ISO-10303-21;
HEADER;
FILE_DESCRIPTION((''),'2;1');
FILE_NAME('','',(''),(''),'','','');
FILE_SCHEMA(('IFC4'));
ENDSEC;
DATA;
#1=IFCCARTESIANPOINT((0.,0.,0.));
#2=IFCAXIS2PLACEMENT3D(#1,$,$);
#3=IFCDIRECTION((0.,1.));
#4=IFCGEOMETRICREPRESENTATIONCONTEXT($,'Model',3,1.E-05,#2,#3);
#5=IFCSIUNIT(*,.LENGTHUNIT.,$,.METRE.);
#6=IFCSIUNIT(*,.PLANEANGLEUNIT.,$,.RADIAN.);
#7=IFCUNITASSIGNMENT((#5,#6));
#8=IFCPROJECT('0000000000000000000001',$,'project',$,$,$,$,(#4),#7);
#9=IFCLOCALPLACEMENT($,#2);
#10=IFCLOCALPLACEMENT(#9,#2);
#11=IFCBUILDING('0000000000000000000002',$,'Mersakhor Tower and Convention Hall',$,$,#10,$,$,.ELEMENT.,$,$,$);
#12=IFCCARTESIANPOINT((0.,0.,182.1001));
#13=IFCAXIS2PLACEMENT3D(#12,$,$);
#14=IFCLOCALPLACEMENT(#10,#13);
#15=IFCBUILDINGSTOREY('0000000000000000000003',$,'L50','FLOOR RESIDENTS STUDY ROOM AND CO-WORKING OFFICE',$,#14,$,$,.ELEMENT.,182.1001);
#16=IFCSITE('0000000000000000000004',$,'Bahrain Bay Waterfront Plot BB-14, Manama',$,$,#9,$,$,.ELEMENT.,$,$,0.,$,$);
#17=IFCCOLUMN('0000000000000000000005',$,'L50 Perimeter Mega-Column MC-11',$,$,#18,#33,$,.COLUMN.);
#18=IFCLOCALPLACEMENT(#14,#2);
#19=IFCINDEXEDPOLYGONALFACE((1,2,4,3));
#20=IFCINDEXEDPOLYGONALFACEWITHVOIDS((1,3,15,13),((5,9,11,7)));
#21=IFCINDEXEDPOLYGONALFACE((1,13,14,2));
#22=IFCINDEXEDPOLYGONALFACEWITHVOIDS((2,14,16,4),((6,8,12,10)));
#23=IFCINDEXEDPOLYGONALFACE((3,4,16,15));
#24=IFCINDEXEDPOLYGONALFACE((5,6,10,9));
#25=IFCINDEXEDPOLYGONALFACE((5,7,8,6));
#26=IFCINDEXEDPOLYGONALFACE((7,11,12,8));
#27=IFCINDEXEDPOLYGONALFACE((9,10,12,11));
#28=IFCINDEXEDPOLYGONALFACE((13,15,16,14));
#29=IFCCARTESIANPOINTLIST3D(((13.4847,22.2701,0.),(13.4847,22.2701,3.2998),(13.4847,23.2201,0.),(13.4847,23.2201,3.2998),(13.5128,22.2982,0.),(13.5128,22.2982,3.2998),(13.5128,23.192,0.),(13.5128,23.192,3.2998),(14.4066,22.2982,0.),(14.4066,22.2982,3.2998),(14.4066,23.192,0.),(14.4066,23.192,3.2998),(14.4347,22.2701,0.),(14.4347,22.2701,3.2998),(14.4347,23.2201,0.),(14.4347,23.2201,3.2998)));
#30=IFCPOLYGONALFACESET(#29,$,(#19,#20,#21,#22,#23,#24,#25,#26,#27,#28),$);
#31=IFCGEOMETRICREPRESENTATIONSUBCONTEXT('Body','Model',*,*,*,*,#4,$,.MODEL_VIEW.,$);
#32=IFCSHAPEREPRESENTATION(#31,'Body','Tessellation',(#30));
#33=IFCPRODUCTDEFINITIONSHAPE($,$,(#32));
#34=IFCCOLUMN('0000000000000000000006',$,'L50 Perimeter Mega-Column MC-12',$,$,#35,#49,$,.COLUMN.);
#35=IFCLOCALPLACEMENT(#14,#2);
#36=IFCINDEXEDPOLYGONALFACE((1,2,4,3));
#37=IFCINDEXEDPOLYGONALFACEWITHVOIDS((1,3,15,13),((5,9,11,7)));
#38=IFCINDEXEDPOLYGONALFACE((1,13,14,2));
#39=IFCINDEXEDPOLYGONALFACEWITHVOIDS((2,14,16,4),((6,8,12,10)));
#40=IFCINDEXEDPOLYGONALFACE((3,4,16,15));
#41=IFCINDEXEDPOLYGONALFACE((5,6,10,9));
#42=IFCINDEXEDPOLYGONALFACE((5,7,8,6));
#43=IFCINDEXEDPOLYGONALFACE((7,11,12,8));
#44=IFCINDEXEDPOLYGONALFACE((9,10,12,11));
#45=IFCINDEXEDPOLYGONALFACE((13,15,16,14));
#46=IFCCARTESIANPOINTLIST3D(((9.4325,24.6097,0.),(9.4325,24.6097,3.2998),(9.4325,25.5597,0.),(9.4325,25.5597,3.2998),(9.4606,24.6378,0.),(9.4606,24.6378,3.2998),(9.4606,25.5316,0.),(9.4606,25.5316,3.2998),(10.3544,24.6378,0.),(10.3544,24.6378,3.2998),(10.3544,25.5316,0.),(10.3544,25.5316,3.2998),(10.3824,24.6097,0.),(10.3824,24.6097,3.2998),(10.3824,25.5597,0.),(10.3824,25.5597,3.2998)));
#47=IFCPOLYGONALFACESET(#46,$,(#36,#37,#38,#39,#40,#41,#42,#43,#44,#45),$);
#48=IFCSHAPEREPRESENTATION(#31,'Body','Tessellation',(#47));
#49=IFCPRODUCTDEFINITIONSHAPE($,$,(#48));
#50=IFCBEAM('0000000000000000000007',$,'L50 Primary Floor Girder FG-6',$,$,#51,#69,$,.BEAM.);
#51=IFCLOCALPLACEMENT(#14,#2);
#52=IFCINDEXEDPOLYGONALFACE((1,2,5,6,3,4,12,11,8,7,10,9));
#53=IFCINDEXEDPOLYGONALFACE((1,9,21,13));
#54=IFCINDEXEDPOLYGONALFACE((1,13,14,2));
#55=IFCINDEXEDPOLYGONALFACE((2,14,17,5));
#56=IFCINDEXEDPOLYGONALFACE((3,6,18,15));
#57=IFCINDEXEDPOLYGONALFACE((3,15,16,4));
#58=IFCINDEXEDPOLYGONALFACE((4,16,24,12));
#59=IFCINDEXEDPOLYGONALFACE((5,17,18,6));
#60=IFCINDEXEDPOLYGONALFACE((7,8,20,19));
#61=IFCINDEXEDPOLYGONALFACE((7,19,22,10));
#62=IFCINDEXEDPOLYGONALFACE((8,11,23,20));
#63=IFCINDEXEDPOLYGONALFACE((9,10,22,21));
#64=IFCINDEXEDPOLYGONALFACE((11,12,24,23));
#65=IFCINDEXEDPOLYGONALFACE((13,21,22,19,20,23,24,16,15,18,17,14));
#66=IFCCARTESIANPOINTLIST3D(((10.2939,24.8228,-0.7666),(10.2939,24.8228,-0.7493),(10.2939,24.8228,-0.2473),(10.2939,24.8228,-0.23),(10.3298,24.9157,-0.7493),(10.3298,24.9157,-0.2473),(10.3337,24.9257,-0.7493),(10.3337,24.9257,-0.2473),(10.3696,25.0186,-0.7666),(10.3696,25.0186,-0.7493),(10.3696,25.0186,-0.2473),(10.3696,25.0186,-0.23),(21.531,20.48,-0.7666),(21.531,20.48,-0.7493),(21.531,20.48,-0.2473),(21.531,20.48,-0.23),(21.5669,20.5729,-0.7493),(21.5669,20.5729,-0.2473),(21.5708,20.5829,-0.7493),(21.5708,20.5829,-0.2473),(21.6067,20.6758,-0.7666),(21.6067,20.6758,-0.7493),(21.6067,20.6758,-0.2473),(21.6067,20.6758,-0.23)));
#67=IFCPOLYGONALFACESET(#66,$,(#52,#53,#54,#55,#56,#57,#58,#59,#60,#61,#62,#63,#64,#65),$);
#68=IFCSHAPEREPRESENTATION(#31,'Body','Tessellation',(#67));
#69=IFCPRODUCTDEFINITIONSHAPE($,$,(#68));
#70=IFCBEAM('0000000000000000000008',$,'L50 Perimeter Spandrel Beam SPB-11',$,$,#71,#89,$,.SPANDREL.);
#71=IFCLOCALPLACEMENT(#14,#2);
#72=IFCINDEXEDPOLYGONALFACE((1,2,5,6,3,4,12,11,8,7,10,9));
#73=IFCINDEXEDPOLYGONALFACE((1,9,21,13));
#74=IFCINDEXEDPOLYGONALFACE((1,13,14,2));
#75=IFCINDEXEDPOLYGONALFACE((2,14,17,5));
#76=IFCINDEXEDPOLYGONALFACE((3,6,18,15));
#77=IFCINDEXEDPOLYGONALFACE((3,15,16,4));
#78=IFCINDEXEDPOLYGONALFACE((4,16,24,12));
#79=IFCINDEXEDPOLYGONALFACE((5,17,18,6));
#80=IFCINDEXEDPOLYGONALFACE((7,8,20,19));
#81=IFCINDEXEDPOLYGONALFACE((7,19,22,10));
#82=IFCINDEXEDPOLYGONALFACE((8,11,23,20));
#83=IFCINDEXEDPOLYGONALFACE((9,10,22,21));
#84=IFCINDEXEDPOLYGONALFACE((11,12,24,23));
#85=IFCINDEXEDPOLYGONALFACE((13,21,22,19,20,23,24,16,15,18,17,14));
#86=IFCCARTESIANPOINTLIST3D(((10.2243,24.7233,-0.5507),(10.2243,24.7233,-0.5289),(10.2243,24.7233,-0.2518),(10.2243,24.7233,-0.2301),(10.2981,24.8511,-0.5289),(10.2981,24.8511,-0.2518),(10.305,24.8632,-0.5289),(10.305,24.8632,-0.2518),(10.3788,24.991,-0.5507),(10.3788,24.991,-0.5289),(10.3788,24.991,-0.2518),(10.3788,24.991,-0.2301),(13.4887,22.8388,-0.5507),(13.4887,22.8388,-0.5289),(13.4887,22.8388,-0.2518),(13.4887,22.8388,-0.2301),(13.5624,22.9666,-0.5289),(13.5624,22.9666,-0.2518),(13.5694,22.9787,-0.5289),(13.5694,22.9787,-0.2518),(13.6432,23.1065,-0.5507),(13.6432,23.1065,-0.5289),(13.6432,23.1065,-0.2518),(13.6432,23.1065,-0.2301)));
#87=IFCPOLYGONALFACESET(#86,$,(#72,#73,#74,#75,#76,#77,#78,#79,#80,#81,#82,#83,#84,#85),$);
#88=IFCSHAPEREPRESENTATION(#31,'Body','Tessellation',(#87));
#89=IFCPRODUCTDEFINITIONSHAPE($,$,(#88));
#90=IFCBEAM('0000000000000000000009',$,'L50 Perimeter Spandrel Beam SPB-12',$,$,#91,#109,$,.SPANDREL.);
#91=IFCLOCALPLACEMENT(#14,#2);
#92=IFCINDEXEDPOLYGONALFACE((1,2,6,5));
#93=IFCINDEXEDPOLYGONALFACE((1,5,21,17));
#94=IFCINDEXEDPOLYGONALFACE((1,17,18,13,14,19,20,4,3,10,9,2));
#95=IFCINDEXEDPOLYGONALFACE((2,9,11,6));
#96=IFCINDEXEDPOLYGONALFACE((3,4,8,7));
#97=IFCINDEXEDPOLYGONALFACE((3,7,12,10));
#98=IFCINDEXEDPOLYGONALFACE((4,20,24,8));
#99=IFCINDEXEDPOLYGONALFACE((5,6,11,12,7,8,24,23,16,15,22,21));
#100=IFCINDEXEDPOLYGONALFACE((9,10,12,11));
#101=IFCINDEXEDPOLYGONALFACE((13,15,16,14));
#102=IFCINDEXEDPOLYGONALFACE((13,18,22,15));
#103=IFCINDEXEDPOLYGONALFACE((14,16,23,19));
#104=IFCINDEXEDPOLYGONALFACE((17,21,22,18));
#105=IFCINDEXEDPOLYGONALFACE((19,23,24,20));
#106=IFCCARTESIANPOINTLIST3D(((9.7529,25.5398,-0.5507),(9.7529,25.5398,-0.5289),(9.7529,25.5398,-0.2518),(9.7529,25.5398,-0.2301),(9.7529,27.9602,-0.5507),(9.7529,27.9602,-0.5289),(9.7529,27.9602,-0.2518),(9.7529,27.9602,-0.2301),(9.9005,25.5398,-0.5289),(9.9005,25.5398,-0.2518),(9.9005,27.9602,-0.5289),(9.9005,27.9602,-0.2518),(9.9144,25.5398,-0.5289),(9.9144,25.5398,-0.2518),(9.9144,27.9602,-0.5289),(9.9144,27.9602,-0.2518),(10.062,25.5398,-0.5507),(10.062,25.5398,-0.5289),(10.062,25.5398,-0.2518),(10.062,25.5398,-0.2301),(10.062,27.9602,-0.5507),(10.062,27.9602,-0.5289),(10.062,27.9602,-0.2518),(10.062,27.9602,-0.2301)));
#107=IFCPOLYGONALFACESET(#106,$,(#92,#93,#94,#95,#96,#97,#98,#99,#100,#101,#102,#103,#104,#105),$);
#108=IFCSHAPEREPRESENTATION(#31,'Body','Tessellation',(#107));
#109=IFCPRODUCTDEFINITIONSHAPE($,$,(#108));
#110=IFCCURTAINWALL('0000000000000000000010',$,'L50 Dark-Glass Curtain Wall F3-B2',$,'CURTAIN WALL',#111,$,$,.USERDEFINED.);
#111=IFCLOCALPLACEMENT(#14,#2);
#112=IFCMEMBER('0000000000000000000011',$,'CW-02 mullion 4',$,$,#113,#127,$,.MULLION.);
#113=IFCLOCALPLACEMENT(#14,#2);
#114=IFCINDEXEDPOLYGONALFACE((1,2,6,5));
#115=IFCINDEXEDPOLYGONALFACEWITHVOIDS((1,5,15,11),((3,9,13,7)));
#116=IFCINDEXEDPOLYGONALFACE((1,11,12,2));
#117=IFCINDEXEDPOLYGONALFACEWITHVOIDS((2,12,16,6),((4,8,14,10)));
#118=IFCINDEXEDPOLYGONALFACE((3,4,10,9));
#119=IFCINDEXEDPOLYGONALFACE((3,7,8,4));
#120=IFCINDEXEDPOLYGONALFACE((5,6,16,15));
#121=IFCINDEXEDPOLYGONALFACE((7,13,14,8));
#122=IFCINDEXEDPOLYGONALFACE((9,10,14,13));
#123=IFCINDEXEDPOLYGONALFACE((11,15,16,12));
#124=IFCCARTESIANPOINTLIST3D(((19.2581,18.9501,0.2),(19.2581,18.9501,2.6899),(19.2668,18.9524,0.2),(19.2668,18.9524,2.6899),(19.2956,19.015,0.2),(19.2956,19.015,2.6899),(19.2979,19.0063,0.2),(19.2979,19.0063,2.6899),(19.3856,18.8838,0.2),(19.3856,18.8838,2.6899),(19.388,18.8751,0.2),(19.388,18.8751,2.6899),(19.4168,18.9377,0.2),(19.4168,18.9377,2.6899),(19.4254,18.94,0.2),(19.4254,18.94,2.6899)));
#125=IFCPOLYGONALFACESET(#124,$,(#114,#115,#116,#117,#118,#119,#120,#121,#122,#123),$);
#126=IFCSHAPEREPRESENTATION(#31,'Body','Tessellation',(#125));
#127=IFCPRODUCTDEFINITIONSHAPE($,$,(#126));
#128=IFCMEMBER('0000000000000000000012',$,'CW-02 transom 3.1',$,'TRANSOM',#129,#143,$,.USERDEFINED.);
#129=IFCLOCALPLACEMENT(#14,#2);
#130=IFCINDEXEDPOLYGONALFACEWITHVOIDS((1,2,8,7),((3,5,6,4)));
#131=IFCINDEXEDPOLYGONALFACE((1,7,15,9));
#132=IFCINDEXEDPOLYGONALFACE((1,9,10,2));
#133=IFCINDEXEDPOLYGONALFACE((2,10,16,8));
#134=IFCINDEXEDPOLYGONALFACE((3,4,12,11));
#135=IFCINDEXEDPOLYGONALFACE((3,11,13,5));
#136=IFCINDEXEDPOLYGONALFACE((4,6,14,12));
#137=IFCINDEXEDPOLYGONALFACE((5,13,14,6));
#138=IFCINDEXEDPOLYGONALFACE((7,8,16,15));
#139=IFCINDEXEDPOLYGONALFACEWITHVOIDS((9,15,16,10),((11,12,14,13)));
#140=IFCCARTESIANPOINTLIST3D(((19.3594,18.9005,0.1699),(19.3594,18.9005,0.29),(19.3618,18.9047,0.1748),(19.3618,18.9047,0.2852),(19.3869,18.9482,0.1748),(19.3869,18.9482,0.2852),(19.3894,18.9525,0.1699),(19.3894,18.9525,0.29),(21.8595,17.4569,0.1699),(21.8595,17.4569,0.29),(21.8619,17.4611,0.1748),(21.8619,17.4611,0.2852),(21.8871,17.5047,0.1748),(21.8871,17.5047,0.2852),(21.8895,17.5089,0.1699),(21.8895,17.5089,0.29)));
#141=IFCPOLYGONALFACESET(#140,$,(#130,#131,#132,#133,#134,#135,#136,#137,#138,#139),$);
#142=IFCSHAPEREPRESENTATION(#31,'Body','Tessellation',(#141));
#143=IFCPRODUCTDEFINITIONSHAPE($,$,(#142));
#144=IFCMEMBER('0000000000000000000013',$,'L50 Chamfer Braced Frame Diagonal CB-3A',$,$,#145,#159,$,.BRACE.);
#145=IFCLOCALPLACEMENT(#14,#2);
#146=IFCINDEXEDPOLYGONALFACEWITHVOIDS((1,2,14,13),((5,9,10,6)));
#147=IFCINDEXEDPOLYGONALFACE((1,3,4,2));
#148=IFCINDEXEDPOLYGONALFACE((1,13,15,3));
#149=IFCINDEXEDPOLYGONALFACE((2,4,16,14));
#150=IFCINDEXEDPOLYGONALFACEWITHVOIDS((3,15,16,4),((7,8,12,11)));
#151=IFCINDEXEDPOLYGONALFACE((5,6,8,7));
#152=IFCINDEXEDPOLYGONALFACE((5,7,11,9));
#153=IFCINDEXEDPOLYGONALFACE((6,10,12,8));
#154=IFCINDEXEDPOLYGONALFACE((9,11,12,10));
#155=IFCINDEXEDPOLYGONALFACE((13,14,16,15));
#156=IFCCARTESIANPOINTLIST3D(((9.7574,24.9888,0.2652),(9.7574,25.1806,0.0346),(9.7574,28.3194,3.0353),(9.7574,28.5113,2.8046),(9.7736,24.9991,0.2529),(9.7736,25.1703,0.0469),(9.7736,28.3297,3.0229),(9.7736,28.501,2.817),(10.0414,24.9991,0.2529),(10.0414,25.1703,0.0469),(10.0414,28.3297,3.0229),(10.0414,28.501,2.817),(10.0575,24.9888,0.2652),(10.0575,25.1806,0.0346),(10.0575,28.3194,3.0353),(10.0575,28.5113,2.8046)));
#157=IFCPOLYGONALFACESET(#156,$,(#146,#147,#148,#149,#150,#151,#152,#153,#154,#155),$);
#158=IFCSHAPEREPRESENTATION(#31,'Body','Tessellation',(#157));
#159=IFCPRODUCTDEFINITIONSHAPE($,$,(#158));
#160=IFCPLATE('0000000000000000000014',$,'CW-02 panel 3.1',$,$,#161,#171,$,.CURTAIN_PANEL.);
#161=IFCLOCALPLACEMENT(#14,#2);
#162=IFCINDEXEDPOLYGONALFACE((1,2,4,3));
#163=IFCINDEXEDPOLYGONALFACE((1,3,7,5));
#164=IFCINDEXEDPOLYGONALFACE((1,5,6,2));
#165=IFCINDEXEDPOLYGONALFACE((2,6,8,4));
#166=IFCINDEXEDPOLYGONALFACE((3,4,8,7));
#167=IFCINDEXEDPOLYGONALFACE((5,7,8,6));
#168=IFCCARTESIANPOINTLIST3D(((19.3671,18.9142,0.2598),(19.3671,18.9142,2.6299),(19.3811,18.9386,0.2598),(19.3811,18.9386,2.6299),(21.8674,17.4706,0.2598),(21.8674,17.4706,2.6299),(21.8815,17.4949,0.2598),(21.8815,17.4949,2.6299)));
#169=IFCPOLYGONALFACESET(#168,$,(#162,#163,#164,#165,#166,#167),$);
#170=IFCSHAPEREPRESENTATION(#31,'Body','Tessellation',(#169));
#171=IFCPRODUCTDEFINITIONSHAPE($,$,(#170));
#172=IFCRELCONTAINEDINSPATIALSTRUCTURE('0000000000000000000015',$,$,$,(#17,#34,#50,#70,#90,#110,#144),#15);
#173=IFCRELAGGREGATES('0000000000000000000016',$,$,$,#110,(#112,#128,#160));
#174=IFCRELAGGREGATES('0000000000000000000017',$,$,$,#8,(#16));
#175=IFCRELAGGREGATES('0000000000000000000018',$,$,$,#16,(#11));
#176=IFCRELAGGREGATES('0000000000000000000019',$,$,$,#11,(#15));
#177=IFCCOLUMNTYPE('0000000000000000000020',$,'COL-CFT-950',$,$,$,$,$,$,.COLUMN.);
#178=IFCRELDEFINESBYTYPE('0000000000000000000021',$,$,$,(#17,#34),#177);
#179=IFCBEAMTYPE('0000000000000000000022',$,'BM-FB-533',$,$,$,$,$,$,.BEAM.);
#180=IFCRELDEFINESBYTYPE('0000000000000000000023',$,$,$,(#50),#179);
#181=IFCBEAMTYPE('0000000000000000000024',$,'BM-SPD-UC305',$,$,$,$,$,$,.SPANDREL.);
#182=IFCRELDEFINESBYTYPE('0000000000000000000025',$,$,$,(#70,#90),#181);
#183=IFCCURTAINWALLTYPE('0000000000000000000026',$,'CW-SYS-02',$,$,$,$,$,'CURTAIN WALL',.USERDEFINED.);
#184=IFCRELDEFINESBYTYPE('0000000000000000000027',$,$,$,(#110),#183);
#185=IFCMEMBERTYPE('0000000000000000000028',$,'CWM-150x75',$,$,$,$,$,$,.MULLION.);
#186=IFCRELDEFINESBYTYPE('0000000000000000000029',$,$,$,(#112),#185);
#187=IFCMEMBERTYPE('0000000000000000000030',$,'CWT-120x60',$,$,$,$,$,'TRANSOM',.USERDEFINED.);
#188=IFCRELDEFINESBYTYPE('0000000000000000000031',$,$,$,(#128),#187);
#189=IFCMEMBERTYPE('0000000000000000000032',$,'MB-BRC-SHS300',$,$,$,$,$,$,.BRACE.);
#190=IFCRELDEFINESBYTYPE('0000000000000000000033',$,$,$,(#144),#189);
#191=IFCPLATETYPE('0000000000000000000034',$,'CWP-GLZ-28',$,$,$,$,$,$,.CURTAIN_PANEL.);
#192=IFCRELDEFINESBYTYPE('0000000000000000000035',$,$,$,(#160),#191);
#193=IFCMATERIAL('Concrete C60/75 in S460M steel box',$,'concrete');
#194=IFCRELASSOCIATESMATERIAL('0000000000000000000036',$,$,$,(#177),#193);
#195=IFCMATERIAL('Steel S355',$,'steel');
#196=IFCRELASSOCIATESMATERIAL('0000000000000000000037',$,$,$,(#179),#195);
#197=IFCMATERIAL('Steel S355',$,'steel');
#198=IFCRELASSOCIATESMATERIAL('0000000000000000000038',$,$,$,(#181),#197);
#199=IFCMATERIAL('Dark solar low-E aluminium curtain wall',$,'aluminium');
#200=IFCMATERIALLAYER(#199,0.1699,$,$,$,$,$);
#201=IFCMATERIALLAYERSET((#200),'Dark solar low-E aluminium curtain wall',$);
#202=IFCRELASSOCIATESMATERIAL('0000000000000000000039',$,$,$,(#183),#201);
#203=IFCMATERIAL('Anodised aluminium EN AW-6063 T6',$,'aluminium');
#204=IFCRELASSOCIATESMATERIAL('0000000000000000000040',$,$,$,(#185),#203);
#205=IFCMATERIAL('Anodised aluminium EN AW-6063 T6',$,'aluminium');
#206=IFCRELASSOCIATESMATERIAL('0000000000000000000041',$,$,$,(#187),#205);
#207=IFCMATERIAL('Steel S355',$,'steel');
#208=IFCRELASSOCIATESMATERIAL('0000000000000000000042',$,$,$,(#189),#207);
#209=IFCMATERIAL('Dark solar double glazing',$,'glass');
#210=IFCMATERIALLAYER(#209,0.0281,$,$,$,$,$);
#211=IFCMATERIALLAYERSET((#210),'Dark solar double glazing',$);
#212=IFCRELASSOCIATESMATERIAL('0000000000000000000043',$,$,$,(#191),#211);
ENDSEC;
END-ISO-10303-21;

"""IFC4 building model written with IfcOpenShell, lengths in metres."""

from ifc_helpers import new_model, si_unit, direction, frame, origin, origin_2d, place, context, subcontext, project, spatial, rectangle, hollow_rectangle, i_section, extrude, material, layer, layer_set, material_profile, profile_set, type_object, element, aggregate, save


model = new_model("IFC4")

# Units and contexts
model_context = context("Model", 3, precision=1e-05, world=origin(), true_north=direction((0.0, 1.0)))
body_context = subcontext(model_context, "Body", "Model", "MODEL_VIEW")
ifc_project = project(units=[si_unit("LENGTHUNIT", "METRE"), si_unit("PLANEANGLEUNIT", "RADIAN")], contexts=[model_context])

# Site, building, storey
site_placement = place(None, origin())
site = spatial("IfcSite", under=ifc_project, at=site_placement, Name="Bahrain Bay Waterfront Plot BB-14, Manama", CompositionType="ELEMENT", RefElevation=0.0)
building_placement = place(site_placement, origin())
building = spatial("IfcBuilding", under=site, at=building_placement, Name="Mersakhor Tower and Convention Hall", CompositionType="ELEMENT")
storey_placement = place(building_placement, frame((0.0, 0.0, 182.1001)))
storey = spatial("IfcBuildingStorey", under=building, at=storey_placement, Name="L50", Description="FLOOR RESIDENTS STUDY ROOM AND CO-WORKING OFFICE", CompositionType="ELEMENT", Elevation=182.1001)

# Columns
ifc_material_1 = material(Name="Concrete C60/75 in S460M steel box", Category="concrete")
ifc_material_profile_1 = material_profile(ifc_material_1, hollow_rectangle(XDim=0.95, YDim=0.95, WallThickness=0.0281, at=origin_2d()), Name="SHS 950x950x28")
ifc_profile_set_1 = profile_set([ifc_material_profile_1], Name="Concrete C60/75 in S460M steel box")
column_type = type_object("IfcColumnType", Name="COL-CFT-950", PredefinedType="COLUMN", material=ifc_profile_set_1)
for number, where, z_axis, x_axis, name in (
    (1, (13.9597, 22.7451, 0.0), (0.0, 0.0, 1.0), (1.0, 0.0, 0.0), "L50 Perimeter Mega-Column MC-11"),
    (2, (9.9075, 25.0847, 0.0), (0.0, 0.0, 1.0), (1.0, 0.0, 0.0), "L50 Perimeter Mega-Column MC-12"),
):
    element("IfcColumn", number, at=place(storey_placement, frame(where, z_axis=z_axis, x_axis=x_axis)), inside=storey, type_object=column_type, Name=name, PredefinedType="COLUMN", context=body_context, shape_type="SweptSolid", body=[
        extrude(hollow_rectangle(XDim=0.95, YDim=0.95, WallThickness=0.0281, at=origin_2d()), origin(), (0.0, 0.0, 1.0), 3.2998),
    ])

# Beams
ifc_material_2 = material(Name="Steel S355", Category="steel")
ifc_material_profile_2 = material_profile(ifc_material_2, i_section(OverallWidth=0.21, OverallDepth=0.5366, WebThickness=0.0107, FlangeThickness=0.0173, at=origin_2d()), Name="UB 533x210x101")
ifc_profile_set_2 = profile_set([ifc_material_profile_2], Name="Steel S355")
beam_type_1 = type_object("IfcBeamType", Name="BM-FB-533", PredefinedType="BEAM", material=ifc_profile_set_2)
beam_1_placement = place(storey_placement, frame((21.5688, 20.5779, -0.4983), z_axis=(-0.932765, 0.360485, 0.0), x_axis=(-0.360485, -0.932765, 0.0)))
element("IfcBeam", 3, at=beam_1_placement, inside=storey, type_object=beam_type_1, Name="L50 Primary Floor Girder FG-6", PredefinedType="BEAM", context=body_context, shape_type="SweptSolid", body=[
    extrude(i_section(OverallWidth=0.21, OverallDepth=0.5366, WebThickness=0.0107, FlangeThickness=0.0173, at=origin_2d()), origin(), (0.0, 0.0, 1.0), 12.0471),
])
ifc_material_3 = material(Name="Steel S355", Category="steel")
ifc_material_profile_3 = material_profile(ifc_material_3, i_section(OverallWidth=0.3091, OverallDepth=0.3206, WebThickness=0.0139, FlangeThickness=0.0217, at=origin_2d()), Name="UC 305x305x137")
ifc_profile_set_3 = profile_set([ifc_material_profile_3], Name="Steel S355")
beam_type_2 = type_object("IfcBeamType", Name="BM-SPD-UC305", PredefinedType="SPANDREL", material=ifc_profile_set_3)
beam_2_placement = place(storey_placement, frame((13.5659, 22.9727, -0.3904), z_axis=(-0.866046, 0.499964, 0.0), x_axis=(-0.499964, -0.866046, 0.0)))
element("IfcBeam", 4, at=beam_2_placement, inside=storey, type_object=beam_type_2, Name="L50 Perimeter Spandrel Beam SPB-11", PredefinedType="SPANDREL", context=body_context, shape_type="SweptSolid", body=[
    extrude(i_section(OverallWidth=0.3091, OverallDepth=0.3206, WebThickness=0.0139, FlangeThickness=0.0217, at=origin_2d()), origin(), (0.0, 0.0, 1.0), 3.7693),
])
beam_3_placement = place(storey_placement, frame((9.9075, 25.5398, -0.3904), z_axis=(0.0, 1.0, 0.0), x_axis=(-1.0, 0.0, 0.0)))
element("IfcBeam", 5, at=beam_3_placement, inside=storey, type_object=beam_type_2, Name="L50 Perimeter Spandrel Beam SPB-12", PredefinedType="SPANDREL", context=body_context, shape_type="SweptSolid", body=[
    extrude(i_section(OverallWidth=0.3091, OverallDepth=0.3206, WebThickness=0.0139, FlangeThickness=0.0217, at=origin_2d()), origin(), (0.0, 0.0, 1.0), 2.4204),
])

# Curtain wall, members
ifc_material_4 = material(Name="Dark solar low-E aluminium curtain wall", Category="aluminium")
ifc_layer_1 = layer(ifc_material_4, 0.1699)
ifc_layer_set_1 = layer_set([ifc_layer_1], Name="Dark solar low-E aluminium curtain wall")
curtain_wall_type = type_object("IfcCurtainWallType", Name="CW-SYS-02", ElementType="CURTAIN WALL", PredefinedType="USERDEFINED", material=ifc_layer_set_1)
curtain_wall_placement = place(storey_placement, origin())
curtain_wall = element("IfcCurtainWall", 6, at=curtain_wall_placement, inside=storey, type_object=curtain_wall_type, Name="L50 Dark-Glass Curtain Wall F3-B2", ObjectType="CURTAIN WALL", PredefinedType="USERDEFINED")
ifc_material_5 = material(Name="Anodised aluminium EN AW-6063 T6", Category="aluminium")
ifc_material_profile_4 = material_profile(ifc_material_5, hollow_rectangle(XDim=0.075, YDim=0.1499, WallThickness=0.0063, at=origin_2d()), Name="RHS 150x75x6.3")
ifc_profile_set_4 = profile_set([ifc_material_profile_4], Name="Anodised aluminium EN AW-6063 T6")
member_type_1 = type_object("IfcMemberType", Name="CWM-150x75", PredefinedType="MULLION", material=ifc_profile_set_4)
member_1_placement = place(storey_placement, frame((19.3418, 18.9451, 0.2), z_axis=(0.0, 0.0, 1.0), x_axis=(-0.500008, -0.866021, 0.0)))
member_1 = element("IfcMember", 7, at=member_1_placement, type_object=member_type_1, Name="CW-02 mullion 4", PredefinedType="MULLION", context=body_context, shape_type="SweptSolid", body=[
    extrude(hollow_rectangle(XDim=0.075, YDim=0.1499, WallThickness=0.0063, at=origin_2d()), origin(), (0.0, 0.0, 1.0), 2.49),
])
ifc_material_6 = material(Name="Anodised aluminium EN AW-6063 T6", Category="aluminium")
ifc_material_profile_5 = material_profile(ifc_material_6, hollow_rectangle(XDim=0.0601, YDim=0.1201, WallThickness=0.0049, at=origin_2d()), Name="RHS 120x60x5")
ifc_profile_set_5 = profile_set([ifc_material_profile_5], Name="Anodised aluminium EN AW-6063 T6")
member_type_2 = type_object("IfcMemberType", Name="CWT-120x60", ElementType="TRANSOM", PredefinedType="USERDEFINED", material=ifc_profile_set_5)
member_2_placement = place(storey_placement, frame((21.8745, 17.4829, 0.23), z_axis=(-0.866012, 0.500023, 0.0), x_axis=(-0.500023, -0.866012, 0.0)))
member_2 = element("IfcMember", 8, at=member_2_placement, type_object=member_type_2, Name="CW-02 transom 3.1", ObjectType="TRANSOM", PredefinedType="USERDEFINED", context=body_context, shape_type="SweptSolid", body=[
    extrude(hollow_rectangle(XDim=0.0601, YDim=0.1201, WallThickness=0.0049, at=origin_2d()), origin(), (0.0, 0.0, 1.0), 2.887),
])

# Member
ifc_material_7 = material(Name="Steel S355", Category="steel")
ifc_material_profile_6 = material_profile(ifc_material_7, hollow_rectangle(XDim=0.3, YDim=0.3, WallThickness=0.0161, at=origin_2d()), Name="SHS 300x300x16")
ifc_profile_set_6 = profile_set([ifc_material_profile_6], Name="Steel S355")
member_type_3 = type_object("IfcMemberType", Name="MB-BRC-SHS300", PredefinedType="BRACE", material=ifc_profile_set_6)
member_3_placement = place(storey_placement, frame((9.9075, 25.0847, 0.1499), z_axis=(0.0, 0.76884, 0.639441), x_axis=(-1.0, 0.0, 0.0)))
element("IfcMember", 9, at=member_3_placement, inside=storey, type_object=member_type_3, Name="L50 Chamfer Braced Frame Diagonal CB-3A", PredefinedType="BRACE", context=body_context, shape_type="SweptSolid", body=[
    extrude(hollow_rectangle(XDim=0.3, YDim=0.3, WallThickness=0.0161, at=origin_2d()), origin(), (0.0, 0.0, 1.0), 4.332),
])

# Plate
ifc_material_8 = material(Name="Dark solar double glazing", Category="glass")
ifc_layer_2 = layer(ifc_material_8, 0.0281)
ifc_layer_set_2 = layer_set([ifc_layer_2], Name="Dark solar double glazing")
plate_type_1 = type_object("IfcPlateType", Name="CWP-GLZ-28", PredefinedType="CURTAIN_PANEL", material=ifc_layer_set_2)
plate_1_placement = place(storey_placement, frame((20.6243, 18.2046, 0.2598), z_axis=(0.0, 0.0, 1.0), x_axis=(-0.866021, 0.500008, 0.0)))
plate_1 = element("IfcPlate", 10, at=plate_1_placement, type_object=plate_type_1, Name="CW-02 panel 3.1", PredefinedType="CURTAIN_PANEL", context=body_context, shape_type="SweptSolid", body=[
    extrude(rectangle(XDim=2.8872, YDim=0.0281, at=origin_2d()), origin(), (0.0, 0.0, 1.0), 2.3701),
])
aggregate(curtain_wall, [member_1, member_2, plate_1])

save(model, "model.ifc")
